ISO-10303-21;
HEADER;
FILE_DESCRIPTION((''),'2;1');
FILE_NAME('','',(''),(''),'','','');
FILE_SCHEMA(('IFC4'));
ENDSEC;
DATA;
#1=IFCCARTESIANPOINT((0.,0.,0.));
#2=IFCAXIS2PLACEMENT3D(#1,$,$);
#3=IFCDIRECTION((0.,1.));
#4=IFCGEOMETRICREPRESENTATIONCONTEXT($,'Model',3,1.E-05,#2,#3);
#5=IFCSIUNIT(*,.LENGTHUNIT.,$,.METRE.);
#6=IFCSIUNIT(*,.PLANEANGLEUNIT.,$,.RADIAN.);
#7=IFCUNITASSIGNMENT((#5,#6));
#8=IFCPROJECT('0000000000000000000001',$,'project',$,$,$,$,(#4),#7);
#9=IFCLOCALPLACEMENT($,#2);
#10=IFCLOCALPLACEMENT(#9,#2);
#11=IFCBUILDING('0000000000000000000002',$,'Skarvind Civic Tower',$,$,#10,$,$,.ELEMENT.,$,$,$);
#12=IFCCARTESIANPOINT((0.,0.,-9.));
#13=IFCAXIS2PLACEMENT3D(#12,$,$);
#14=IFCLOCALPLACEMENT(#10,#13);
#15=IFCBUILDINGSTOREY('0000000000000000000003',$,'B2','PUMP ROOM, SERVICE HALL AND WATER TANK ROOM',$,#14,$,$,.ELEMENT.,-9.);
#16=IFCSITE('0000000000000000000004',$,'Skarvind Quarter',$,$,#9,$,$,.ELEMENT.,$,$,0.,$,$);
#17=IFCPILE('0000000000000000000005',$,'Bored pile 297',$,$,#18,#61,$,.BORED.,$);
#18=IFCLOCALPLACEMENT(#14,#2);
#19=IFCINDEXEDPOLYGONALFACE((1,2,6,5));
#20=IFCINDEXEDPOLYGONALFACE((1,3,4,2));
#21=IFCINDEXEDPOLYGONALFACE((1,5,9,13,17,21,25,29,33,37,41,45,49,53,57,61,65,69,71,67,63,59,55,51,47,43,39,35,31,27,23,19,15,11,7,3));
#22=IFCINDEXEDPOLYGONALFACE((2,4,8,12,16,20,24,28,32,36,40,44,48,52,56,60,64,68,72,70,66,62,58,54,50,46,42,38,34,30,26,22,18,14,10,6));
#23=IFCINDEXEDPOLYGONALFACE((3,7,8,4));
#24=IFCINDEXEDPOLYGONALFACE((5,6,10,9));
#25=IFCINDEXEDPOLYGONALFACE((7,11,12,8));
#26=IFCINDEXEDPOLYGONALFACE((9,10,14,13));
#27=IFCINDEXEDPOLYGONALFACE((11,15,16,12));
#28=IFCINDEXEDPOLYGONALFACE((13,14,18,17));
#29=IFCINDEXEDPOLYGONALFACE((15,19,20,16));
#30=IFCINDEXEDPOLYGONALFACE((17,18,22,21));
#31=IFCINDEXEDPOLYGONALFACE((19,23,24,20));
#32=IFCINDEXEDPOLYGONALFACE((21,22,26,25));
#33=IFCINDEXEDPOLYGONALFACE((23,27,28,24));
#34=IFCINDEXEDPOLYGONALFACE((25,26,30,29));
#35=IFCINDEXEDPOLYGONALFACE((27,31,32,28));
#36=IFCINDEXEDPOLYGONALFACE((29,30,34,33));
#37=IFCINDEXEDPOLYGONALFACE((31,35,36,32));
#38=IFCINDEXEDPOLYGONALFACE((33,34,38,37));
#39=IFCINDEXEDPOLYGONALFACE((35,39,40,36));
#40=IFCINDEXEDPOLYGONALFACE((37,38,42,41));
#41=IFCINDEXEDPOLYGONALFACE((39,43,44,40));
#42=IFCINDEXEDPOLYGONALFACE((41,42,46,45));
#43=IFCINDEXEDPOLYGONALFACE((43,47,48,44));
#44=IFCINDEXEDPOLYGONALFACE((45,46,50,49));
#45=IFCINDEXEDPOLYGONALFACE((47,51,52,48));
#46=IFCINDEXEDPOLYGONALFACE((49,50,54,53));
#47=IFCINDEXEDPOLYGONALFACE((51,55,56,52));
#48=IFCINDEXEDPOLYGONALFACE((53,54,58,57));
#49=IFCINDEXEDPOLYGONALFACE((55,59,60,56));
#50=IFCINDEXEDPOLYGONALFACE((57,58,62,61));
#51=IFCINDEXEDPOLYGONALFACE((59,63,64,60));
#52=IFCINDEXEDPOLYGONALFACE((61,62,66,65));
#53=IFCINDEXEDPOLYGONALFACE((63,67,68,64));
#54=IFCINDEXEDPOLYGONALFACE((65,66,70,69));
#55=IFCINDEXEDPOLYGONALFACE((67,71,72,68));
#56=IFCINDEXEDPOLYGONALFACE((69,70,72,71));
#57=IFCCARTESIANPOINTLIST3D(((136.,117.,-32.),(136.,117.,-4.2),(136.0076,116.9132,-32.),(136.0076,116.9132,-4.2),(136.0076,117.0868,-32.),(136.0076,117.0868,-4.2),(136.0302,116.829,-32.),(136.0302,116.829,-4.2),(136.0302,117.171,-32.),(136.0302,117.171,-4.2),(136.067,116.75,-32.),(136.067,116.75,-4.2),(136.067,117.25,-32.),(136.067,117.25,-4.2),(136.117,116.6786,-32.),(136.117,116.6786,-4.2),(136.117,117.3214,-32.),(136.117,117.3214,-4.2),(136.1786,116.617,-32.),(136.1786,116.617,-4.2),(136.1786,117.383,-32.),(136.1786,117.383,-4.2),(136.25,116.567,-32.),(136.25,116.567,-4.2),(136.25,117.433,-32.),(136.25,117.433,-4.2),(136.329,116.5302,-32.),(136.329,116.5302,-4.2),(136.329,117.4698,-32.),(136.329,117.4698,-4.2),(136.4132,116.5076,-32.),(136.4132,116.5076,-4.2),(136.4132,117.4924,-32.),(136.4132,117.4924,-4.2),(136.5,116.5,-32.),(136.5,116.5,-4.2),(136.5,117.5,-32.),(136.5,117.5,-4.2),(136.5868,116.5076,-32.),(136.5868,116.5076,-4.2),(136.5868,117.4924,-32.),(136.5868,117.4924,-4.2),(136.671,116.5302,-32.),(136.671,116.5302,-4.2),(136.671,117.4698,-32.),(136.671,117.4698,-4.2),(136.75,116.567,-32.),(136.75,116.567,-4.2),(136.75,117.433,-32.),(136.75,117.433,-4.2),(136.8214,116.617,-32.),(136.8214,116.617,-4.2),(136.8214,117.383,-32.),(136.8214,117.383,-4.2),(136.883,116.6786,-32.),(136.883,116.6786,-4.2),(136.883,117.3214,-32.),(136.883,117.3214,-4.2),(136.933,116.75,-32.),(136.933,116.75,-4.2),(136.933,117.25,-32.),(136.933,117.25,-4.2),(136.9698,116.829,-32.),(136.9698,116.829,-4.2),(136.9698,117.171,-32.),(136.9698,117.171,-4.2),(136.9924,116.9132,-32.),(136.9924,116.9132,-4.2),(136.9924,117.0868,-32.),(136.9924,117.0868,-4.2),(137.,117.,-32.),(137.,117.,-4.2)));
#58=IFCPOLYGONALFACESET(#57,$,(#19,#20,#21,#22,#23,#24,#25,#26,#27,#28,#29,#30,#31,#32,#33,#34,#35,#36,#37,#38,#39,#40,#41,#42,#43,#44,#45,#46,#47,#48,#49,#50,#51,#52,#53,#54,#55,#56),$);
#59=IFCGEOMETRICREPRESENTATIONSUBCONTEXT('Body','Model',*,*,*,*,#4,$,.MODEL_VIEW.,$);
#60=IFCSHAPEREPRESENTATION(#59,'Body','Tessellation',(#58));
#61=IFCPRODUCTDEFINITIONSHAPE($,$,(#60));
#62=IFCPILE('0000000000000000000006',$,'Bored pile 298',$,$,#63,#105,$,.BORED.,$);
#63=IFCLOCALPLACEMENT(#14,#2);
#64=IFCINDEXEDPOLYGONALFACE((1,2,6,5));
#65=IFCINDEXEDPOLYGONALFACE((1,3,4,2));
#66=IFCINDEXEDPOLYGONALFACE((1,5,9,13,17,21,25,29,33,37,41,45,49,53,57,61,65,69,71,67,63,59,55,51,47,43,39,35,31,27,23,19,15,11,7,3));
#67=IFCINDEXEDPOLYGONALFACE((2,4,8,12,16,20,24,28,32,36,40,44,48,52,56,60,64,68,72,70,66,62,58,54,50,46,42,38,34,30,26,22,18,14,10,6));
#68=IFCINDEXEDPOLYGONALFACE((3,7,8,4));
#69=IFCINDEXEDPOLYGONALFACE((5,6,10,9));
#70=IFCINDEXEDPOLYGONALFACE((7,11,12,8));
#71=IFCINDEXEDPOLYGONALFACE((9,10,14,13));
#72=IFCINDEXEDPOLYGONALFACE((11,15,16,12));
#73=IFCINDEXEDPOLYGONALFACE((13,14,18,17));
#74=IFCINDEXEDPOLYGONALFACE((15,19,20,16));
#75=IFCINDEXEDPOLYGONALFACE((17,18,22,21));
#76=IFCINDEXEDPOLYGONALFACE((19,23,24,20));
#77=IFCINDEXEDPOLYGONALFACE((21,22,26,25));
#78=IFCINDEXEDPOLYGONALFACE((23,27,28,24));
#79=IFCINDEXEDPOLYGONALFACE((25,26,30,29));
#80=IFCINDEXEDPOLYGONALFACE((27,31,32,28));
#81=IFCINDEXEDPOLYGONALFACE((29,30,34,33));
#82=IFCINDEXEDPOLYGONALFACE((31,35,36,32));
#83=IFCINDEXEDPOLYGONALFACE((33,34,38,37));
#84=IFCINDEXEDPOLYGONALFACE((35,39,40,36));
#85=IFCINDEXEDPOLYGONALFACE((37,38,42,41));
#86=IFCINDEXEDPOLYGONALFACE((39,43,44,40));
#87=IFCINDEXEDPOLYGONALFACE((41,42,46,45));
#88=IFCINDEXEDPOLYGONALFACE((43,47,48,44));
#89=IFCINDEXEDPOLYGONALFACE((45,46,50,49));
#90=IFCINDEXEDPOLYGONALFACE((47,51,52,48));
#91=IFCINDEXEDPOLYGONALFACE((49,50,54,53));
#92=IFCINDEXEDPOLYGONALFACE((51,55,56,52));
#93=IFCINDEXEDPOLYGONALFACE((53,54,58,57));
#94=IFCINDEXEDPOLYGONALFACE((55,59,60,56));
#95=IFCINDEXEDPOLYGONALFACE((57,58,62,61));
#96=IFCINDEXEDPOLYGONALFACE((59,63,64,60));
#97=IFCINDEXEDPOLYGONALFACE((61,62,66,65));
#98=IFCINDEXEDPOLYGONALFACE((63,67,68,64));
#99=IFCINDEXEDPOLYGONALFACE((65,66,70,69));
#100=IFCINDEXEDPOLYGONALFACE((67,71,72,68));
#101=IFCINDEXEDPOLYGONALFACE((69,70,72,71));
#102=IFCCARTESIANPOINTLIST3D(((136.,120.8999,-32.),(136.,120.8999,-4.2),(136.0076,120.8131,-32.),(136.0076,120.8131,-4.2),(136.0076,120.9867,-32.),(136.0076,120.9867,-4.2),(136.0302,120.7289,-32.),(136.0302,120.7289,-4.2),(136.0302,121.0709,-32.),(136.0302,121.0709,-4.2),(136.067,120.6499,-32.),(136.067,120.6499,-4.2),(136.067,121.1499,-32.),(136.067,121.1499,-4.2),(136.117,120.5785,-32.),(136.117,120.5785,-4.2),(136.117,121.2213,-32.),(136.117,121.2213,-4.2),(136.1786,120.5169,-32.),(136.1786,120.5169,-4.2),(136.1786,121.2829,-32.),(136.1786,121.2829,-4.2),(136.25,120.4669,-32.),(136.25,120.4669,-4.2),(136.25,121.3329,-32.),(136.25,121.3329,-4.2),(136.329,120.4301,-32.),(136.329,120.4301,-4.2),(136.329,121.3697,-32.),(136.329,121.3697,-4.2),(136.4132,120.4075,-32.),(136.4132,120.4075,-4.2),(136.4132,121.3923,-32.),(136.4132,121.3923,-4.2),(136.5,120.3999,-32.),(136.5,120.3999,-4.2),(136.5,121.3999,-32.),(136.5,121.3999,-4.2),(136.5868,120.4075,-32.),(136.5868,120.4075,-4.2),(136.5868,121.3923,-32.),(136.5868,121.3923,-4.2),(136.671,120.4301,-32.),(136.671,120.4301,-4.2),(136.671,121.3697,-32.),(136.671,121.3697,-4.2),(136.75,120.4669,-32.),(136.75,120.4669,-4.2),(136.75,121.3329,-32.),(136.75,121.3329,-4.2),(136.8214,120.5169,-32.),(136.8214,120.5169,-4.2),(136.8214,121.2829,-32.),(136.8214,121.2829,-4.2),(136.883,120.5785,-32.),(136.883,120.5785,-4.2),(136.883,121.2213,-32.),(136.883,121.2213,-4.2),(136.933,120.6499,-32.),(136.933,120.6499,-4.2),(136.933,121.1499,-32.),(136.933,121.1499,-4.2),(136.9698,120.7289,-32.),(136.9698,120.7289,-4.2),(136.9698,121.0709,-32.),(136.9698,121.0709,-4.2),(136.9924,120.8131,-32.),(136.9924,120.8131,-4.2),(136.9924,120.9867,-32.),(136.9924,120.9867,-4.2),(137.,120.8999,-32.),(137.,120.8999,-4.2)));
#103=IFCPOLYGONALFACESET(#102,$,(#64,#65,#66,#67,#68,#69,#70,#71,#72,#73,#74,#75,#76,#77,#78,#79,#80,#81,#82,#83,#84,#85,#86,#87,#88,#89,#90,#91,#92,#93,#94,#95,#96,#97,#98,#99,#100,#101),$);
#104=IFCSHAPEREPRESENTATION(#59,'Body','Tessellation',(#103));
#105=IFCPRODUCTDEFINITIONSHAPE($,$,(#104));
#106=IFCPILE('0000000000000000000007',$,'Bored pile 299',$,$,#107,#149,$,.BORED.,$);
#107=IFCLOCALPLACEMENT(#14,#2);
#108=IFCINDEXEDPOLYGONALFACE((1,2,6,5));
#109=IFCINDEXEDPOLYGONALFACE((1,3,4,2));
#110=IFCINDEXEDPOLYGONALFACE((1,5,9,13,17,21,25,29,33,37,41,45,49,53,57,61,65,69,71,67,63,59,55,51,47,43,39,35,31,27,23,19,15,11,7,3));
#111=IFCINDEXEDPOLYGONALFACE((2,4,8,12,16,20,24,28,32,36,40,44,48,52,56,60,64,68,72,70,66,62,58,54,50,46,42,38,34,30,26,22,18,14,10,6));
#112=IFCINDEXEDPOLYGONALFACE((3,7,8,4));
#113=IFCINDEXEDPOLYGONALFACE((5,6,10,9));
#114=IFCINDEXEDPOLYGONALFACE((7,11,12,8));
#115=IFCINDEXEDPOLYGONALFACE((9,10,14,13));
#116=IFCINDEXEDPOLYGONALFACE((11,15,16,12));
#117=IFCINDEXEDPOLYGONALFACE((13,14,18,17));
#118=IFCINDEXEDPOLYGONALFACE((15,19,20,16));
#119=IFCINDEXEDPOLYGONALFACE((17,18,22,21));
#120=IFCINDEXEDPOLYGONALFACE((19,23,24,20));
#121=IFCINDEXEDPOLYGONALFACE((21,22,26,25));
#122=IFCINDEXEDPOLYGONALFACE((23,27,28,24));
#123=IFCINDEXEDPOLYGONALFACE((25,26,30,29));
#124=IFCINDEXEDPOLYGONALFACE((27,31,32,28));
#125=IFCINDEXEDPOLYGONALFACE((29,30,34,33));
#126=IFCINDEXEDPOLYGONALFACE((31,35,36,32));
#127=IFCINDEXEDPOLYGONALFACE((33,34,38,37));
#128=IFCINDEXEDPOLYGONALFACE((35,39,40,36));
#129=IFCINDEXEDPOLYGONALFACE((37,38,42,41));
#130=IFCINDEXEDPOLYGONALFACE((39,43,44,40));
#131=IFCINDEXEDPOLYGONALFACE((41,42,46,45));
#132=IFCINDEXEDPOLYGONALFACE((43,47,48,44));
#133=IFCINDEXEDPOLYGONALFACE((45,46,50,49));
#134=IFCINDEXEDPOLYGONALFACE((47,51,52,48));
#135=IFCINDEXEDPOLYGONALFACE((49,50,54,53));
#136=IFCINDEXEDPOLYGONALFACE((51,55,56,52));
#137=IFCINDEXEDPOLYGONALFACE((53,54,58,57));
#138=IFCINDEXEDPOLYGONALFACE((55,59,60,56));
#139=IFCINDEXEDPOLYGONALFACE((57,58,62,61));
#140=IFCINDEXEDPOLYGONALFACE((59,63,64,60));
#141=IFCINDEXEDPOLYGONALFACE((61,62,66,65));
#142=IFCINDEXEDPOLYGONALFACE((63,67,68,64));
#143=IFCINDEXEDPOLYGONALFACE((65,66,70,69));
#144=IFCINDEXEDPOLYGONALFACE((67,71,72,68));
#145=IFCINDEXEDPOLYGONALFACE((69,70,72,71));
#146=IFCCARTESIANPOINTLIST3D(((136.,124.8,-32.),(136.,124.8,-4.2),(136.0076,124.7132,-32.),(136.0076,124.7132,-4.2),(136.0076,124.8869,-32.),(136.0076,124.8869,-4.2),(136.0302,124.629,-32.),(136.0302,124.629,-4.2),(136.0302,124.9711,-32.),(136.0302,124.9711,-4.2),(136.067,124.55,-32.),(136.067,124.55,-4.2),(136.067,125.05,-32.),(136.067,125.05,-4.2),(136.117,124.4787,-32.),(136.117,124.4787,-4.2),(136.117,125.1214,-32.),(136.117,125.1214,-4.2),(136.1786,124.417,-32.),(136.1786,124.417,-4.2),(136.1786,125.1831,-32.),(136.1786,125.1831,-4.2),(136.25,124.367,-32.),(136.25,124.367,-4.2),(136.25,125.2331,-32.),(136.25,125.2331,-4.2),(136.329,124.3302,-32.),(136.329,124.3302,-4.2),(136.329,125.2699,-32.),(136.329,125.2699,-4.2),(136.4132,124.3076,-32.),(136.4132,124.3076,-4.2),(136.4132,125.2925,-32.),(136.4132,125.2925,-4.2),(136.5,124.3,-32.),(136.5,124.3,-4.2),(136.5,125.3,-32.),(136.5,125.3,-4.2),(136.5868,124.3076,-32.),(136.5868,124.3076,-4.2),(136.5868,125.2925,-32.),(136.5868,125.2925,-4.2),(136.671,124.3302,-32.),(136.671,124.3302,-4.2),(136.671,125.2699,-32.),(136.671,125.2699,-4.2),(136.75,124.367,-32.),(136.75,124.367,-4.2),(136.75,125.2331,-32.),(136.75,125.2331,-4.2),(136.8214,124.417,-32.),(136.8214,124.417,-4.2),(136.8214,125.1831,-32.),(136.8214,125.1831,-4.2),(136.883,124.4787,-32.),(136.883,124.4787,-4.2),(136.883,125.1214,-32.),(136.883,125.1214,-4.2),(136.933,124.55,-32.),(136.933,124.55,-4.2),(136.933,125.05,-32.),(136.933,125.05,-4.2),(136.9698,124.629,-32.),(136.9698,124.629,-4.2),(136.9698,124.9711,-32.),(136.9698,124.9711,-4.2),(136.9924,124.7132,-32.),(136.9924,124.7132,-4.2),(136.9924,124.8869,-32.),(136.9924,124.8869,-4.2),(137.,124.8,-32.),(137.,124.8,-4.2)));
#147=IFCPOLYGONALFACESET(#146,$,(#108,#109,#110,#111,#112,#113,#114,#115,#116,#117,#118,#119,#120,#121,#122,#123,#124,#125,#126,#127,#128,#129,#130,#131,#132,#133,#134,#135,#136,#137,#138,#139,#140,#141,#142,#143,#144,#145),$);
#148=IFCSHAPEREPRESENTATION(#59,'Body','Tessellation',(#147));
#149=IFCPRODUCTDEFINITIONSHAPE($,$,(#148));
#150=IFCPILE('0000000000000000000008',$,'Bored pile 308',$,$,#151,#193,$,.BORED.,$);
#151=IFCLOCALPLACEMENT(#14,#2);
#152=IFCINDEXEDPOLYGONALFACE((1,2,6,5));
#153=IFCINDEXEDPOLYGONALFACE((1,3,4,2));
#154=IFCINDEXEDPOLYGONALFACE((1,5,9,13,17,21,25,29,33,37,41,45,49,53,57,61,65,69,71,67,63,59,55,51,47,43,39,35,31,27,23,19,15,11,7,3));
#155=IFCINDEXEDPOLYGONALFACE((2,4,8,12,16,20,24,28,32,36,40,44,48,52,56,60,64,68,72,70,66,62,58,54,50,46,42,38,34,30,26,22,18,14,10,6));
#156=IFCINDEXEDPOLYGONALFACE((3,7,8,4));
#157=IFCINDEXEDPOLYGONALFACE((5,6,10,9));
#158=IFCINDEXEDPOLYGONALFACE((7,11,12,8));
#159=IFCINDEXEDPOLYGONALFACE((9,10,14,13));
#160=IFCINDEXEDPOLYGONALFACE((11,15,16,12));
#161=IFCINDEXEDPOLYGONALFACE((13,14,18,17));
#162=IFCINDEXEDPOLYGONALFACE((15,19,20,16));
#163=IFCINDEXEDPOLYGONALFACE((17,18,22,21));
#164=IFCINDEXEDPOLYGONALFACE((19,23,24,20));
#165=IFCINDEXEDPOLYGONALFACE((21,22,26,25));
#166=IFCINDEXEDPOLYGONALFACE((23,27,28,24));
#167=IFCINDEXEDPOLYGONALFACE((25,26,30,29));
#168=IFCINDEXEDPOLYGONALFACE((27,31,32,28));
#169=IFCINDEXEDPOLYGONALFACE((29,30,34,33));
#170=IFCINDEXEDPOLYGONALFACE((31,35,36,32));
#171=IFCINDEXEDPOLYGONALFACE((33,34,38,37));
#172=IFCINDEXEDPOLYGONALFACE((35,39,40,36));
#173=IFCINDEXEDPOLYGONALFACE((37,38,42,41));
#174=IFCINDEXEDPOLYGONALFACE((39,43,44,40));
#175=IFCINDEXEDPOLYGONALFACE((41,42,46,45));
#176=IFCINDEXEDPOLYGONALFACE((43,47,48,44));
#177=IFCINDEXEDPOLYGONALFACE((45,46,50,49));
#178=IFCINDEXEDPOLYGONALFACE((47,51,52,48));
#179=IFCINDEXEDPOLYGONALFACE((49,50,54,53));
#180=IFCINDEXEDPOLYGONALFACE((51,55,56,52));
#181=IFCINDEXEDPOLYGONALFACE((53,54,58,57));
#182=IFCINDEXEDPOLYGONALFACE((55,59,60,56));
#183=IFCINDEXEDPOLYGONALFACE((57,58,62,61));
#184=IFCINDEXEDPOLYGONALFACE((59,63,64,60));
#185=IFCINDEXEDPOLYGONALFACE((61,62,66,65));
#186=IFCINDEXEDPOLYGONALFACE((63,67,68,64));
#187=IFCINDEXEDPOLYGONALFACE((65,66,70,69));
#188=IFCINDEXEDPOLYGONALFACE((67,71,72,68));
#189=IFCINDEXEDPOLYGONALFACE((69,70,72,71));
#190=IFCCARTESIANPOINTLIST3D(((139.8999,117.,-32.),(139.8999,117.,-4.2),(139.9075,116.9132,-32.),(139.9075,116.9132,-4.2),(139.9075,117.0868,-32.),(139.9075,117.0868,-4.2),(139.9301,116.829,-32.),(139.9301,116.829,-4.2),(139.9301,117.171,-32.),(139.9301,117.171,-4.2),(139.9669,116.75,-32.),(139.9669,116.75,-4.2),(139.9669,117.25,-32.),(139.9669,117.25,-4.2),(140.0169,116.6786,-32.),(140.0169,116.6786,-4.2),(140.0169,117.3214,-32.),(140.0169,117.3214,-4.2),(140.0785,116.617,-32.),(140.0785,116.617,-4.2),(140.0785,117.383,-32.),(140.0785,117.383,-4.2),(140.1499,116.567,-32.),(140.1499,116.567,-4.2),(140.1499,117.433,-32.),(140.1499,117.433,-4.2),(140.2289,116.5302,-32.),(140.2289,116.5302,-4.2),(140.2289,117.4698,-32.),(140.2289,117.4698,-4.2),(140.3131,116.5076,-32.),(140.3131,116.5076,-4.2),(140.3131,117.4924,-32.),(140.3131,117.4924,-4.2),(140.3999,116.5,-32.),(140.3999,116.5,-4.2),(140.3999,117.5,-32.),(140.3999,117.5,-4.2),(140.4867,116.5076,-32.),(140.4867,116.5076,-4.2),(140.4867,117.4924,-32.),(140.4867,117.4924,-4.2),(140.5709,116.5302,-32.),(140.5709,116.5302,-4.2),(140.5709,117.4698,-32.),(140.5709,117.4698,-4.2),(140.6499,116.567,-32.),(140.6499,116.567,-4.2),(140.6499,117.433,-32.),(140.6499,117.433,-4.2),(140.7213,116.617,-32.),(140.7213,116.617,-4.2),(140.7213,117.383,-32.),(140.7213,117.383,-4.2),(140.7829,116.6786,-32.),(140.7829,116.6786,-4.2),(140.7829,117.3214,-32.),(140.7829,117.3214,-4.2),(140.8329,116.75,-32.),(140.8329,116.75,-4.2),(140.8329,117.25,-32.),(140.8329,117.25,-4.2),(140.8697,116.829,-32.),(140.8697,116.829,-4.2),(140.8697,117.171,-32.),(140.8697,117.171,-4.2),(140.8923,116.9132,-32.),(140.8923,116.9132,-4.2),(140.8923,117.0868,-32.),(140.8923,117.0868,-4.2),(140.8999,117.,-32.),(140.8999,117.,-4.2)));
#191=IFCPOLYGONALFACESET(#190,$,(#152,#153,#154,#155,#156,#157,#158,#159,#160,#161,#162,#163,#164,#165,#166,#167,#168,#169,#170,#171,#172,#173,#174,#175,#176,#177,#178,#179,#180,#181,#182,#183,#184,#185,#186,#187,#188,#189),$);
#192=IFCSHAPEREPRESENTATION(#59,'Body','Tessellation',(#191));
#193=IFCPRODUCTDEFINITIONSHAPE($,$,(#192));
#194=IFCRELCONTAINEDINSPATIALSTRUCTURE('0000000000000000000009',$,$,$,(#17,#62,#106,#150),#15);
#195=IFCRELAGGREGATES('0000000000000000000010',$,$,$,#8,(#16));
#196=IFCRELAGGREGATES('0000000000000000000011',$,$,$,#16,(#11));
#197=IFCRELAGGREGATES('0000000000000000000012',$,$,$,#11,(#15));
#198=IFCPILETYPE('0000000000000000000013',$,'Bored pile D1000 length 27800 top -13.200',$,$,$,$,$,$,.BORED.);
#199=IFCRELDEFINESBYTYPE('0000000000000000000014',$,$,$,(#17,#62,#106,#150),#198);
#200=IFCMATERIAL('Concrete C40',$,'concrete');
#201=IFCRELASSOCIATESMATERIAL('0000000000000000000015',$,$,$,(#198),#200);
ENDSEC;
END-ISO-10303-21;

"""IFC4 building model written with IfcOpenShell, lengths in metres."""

from ifc_helpers import new_model, si_unit, direction, frame, origin, origin_2d, place, context, subcontext, project, spatial, circle, extrude, material, type_object, element, save


model = new_model("IFC4")

# Units and contexts
model_context = context("Model", 3, precision=1e-05, world=origin(), true_north=direction((0.0, 1.0)))
body_context = subcontext(model_context, "Body", "Model", "MODEL_VIEW")
ifc_project = project(units=[si_unit("LENGTHUNIT", "METRE"), si_unit("PLANEANGLEUNIT", "RADIAN")], contexts=[model_context])

# Site, building, storey
site_placement = place(None, origin())
site = spatial("IfcSite", under=ifc_project, at=site_placement, Name="Skarvind Quarter", CompositionType="ELEMENT", RefElevation=0.0)
building_placement = place(site_placement, origin())
building = spatial("IfcBuilding", under=site, at=building_placement, Name="Skarvind Civic Tower", CompositionType="ELEMENT")
storey_placement = place(building_placement, frame((0.0, 0.0, -9.0)))
storey = spatial("IfcBuildingStorey", under=building, at=storey_placement, Name="B2", Description="PUMP ROOM, SERVICE HALL AND WATER TANK ROOM", CompositionType="ELEMENT", Elevation=-9.0)

# Piles
ifc_material_1 = material(Name="Concrete C40", Category="concrete")
pile_type_1 = type_object("IfcPileType", Name="Bored pile D1000 length 27800 top -13.200", PredefinedType="BORED", material=ifc_material_1)
for number, where, z_axis, x_axis, name in (
    (1, (136.5, 117.0, -4.2), (0.0, 0.0, -1.0), (1.0, 0.0, 0.0), "Bored pile 297"),
    (2, (136.5, 120.8999, -4.2), (0.0, 0.0, -1.0), (1.0, 0.0, 0.0), "Bored pile 298"),
    (3, (136.5, 124.8, -4.2), (0.0, 0.0, -1.0), (1.0, 0.0, 0.0), "Bored pile 299"),
    (4, (140.3999, 117.0, -4.2), (0.0, 0.0, -1.0), (1.0, 0.0, 0.0), "Bored pile 308"),
):
    element("IfcPile", number, at=place(storey_placement, frame(where, z_axis=z_axis, x_axis=x_axis)), inside=storey, type_object=pile_type_1, Name=name, PredefinedType="BORED", context=body_context, shape_type="SweptSolid", body=[
        extrude(circle(Radius=0.5, at=origin_2d()), origin(), (0.0, 0.0, 1.0), 27.8),
    ])

save(model, "model.ifc")
